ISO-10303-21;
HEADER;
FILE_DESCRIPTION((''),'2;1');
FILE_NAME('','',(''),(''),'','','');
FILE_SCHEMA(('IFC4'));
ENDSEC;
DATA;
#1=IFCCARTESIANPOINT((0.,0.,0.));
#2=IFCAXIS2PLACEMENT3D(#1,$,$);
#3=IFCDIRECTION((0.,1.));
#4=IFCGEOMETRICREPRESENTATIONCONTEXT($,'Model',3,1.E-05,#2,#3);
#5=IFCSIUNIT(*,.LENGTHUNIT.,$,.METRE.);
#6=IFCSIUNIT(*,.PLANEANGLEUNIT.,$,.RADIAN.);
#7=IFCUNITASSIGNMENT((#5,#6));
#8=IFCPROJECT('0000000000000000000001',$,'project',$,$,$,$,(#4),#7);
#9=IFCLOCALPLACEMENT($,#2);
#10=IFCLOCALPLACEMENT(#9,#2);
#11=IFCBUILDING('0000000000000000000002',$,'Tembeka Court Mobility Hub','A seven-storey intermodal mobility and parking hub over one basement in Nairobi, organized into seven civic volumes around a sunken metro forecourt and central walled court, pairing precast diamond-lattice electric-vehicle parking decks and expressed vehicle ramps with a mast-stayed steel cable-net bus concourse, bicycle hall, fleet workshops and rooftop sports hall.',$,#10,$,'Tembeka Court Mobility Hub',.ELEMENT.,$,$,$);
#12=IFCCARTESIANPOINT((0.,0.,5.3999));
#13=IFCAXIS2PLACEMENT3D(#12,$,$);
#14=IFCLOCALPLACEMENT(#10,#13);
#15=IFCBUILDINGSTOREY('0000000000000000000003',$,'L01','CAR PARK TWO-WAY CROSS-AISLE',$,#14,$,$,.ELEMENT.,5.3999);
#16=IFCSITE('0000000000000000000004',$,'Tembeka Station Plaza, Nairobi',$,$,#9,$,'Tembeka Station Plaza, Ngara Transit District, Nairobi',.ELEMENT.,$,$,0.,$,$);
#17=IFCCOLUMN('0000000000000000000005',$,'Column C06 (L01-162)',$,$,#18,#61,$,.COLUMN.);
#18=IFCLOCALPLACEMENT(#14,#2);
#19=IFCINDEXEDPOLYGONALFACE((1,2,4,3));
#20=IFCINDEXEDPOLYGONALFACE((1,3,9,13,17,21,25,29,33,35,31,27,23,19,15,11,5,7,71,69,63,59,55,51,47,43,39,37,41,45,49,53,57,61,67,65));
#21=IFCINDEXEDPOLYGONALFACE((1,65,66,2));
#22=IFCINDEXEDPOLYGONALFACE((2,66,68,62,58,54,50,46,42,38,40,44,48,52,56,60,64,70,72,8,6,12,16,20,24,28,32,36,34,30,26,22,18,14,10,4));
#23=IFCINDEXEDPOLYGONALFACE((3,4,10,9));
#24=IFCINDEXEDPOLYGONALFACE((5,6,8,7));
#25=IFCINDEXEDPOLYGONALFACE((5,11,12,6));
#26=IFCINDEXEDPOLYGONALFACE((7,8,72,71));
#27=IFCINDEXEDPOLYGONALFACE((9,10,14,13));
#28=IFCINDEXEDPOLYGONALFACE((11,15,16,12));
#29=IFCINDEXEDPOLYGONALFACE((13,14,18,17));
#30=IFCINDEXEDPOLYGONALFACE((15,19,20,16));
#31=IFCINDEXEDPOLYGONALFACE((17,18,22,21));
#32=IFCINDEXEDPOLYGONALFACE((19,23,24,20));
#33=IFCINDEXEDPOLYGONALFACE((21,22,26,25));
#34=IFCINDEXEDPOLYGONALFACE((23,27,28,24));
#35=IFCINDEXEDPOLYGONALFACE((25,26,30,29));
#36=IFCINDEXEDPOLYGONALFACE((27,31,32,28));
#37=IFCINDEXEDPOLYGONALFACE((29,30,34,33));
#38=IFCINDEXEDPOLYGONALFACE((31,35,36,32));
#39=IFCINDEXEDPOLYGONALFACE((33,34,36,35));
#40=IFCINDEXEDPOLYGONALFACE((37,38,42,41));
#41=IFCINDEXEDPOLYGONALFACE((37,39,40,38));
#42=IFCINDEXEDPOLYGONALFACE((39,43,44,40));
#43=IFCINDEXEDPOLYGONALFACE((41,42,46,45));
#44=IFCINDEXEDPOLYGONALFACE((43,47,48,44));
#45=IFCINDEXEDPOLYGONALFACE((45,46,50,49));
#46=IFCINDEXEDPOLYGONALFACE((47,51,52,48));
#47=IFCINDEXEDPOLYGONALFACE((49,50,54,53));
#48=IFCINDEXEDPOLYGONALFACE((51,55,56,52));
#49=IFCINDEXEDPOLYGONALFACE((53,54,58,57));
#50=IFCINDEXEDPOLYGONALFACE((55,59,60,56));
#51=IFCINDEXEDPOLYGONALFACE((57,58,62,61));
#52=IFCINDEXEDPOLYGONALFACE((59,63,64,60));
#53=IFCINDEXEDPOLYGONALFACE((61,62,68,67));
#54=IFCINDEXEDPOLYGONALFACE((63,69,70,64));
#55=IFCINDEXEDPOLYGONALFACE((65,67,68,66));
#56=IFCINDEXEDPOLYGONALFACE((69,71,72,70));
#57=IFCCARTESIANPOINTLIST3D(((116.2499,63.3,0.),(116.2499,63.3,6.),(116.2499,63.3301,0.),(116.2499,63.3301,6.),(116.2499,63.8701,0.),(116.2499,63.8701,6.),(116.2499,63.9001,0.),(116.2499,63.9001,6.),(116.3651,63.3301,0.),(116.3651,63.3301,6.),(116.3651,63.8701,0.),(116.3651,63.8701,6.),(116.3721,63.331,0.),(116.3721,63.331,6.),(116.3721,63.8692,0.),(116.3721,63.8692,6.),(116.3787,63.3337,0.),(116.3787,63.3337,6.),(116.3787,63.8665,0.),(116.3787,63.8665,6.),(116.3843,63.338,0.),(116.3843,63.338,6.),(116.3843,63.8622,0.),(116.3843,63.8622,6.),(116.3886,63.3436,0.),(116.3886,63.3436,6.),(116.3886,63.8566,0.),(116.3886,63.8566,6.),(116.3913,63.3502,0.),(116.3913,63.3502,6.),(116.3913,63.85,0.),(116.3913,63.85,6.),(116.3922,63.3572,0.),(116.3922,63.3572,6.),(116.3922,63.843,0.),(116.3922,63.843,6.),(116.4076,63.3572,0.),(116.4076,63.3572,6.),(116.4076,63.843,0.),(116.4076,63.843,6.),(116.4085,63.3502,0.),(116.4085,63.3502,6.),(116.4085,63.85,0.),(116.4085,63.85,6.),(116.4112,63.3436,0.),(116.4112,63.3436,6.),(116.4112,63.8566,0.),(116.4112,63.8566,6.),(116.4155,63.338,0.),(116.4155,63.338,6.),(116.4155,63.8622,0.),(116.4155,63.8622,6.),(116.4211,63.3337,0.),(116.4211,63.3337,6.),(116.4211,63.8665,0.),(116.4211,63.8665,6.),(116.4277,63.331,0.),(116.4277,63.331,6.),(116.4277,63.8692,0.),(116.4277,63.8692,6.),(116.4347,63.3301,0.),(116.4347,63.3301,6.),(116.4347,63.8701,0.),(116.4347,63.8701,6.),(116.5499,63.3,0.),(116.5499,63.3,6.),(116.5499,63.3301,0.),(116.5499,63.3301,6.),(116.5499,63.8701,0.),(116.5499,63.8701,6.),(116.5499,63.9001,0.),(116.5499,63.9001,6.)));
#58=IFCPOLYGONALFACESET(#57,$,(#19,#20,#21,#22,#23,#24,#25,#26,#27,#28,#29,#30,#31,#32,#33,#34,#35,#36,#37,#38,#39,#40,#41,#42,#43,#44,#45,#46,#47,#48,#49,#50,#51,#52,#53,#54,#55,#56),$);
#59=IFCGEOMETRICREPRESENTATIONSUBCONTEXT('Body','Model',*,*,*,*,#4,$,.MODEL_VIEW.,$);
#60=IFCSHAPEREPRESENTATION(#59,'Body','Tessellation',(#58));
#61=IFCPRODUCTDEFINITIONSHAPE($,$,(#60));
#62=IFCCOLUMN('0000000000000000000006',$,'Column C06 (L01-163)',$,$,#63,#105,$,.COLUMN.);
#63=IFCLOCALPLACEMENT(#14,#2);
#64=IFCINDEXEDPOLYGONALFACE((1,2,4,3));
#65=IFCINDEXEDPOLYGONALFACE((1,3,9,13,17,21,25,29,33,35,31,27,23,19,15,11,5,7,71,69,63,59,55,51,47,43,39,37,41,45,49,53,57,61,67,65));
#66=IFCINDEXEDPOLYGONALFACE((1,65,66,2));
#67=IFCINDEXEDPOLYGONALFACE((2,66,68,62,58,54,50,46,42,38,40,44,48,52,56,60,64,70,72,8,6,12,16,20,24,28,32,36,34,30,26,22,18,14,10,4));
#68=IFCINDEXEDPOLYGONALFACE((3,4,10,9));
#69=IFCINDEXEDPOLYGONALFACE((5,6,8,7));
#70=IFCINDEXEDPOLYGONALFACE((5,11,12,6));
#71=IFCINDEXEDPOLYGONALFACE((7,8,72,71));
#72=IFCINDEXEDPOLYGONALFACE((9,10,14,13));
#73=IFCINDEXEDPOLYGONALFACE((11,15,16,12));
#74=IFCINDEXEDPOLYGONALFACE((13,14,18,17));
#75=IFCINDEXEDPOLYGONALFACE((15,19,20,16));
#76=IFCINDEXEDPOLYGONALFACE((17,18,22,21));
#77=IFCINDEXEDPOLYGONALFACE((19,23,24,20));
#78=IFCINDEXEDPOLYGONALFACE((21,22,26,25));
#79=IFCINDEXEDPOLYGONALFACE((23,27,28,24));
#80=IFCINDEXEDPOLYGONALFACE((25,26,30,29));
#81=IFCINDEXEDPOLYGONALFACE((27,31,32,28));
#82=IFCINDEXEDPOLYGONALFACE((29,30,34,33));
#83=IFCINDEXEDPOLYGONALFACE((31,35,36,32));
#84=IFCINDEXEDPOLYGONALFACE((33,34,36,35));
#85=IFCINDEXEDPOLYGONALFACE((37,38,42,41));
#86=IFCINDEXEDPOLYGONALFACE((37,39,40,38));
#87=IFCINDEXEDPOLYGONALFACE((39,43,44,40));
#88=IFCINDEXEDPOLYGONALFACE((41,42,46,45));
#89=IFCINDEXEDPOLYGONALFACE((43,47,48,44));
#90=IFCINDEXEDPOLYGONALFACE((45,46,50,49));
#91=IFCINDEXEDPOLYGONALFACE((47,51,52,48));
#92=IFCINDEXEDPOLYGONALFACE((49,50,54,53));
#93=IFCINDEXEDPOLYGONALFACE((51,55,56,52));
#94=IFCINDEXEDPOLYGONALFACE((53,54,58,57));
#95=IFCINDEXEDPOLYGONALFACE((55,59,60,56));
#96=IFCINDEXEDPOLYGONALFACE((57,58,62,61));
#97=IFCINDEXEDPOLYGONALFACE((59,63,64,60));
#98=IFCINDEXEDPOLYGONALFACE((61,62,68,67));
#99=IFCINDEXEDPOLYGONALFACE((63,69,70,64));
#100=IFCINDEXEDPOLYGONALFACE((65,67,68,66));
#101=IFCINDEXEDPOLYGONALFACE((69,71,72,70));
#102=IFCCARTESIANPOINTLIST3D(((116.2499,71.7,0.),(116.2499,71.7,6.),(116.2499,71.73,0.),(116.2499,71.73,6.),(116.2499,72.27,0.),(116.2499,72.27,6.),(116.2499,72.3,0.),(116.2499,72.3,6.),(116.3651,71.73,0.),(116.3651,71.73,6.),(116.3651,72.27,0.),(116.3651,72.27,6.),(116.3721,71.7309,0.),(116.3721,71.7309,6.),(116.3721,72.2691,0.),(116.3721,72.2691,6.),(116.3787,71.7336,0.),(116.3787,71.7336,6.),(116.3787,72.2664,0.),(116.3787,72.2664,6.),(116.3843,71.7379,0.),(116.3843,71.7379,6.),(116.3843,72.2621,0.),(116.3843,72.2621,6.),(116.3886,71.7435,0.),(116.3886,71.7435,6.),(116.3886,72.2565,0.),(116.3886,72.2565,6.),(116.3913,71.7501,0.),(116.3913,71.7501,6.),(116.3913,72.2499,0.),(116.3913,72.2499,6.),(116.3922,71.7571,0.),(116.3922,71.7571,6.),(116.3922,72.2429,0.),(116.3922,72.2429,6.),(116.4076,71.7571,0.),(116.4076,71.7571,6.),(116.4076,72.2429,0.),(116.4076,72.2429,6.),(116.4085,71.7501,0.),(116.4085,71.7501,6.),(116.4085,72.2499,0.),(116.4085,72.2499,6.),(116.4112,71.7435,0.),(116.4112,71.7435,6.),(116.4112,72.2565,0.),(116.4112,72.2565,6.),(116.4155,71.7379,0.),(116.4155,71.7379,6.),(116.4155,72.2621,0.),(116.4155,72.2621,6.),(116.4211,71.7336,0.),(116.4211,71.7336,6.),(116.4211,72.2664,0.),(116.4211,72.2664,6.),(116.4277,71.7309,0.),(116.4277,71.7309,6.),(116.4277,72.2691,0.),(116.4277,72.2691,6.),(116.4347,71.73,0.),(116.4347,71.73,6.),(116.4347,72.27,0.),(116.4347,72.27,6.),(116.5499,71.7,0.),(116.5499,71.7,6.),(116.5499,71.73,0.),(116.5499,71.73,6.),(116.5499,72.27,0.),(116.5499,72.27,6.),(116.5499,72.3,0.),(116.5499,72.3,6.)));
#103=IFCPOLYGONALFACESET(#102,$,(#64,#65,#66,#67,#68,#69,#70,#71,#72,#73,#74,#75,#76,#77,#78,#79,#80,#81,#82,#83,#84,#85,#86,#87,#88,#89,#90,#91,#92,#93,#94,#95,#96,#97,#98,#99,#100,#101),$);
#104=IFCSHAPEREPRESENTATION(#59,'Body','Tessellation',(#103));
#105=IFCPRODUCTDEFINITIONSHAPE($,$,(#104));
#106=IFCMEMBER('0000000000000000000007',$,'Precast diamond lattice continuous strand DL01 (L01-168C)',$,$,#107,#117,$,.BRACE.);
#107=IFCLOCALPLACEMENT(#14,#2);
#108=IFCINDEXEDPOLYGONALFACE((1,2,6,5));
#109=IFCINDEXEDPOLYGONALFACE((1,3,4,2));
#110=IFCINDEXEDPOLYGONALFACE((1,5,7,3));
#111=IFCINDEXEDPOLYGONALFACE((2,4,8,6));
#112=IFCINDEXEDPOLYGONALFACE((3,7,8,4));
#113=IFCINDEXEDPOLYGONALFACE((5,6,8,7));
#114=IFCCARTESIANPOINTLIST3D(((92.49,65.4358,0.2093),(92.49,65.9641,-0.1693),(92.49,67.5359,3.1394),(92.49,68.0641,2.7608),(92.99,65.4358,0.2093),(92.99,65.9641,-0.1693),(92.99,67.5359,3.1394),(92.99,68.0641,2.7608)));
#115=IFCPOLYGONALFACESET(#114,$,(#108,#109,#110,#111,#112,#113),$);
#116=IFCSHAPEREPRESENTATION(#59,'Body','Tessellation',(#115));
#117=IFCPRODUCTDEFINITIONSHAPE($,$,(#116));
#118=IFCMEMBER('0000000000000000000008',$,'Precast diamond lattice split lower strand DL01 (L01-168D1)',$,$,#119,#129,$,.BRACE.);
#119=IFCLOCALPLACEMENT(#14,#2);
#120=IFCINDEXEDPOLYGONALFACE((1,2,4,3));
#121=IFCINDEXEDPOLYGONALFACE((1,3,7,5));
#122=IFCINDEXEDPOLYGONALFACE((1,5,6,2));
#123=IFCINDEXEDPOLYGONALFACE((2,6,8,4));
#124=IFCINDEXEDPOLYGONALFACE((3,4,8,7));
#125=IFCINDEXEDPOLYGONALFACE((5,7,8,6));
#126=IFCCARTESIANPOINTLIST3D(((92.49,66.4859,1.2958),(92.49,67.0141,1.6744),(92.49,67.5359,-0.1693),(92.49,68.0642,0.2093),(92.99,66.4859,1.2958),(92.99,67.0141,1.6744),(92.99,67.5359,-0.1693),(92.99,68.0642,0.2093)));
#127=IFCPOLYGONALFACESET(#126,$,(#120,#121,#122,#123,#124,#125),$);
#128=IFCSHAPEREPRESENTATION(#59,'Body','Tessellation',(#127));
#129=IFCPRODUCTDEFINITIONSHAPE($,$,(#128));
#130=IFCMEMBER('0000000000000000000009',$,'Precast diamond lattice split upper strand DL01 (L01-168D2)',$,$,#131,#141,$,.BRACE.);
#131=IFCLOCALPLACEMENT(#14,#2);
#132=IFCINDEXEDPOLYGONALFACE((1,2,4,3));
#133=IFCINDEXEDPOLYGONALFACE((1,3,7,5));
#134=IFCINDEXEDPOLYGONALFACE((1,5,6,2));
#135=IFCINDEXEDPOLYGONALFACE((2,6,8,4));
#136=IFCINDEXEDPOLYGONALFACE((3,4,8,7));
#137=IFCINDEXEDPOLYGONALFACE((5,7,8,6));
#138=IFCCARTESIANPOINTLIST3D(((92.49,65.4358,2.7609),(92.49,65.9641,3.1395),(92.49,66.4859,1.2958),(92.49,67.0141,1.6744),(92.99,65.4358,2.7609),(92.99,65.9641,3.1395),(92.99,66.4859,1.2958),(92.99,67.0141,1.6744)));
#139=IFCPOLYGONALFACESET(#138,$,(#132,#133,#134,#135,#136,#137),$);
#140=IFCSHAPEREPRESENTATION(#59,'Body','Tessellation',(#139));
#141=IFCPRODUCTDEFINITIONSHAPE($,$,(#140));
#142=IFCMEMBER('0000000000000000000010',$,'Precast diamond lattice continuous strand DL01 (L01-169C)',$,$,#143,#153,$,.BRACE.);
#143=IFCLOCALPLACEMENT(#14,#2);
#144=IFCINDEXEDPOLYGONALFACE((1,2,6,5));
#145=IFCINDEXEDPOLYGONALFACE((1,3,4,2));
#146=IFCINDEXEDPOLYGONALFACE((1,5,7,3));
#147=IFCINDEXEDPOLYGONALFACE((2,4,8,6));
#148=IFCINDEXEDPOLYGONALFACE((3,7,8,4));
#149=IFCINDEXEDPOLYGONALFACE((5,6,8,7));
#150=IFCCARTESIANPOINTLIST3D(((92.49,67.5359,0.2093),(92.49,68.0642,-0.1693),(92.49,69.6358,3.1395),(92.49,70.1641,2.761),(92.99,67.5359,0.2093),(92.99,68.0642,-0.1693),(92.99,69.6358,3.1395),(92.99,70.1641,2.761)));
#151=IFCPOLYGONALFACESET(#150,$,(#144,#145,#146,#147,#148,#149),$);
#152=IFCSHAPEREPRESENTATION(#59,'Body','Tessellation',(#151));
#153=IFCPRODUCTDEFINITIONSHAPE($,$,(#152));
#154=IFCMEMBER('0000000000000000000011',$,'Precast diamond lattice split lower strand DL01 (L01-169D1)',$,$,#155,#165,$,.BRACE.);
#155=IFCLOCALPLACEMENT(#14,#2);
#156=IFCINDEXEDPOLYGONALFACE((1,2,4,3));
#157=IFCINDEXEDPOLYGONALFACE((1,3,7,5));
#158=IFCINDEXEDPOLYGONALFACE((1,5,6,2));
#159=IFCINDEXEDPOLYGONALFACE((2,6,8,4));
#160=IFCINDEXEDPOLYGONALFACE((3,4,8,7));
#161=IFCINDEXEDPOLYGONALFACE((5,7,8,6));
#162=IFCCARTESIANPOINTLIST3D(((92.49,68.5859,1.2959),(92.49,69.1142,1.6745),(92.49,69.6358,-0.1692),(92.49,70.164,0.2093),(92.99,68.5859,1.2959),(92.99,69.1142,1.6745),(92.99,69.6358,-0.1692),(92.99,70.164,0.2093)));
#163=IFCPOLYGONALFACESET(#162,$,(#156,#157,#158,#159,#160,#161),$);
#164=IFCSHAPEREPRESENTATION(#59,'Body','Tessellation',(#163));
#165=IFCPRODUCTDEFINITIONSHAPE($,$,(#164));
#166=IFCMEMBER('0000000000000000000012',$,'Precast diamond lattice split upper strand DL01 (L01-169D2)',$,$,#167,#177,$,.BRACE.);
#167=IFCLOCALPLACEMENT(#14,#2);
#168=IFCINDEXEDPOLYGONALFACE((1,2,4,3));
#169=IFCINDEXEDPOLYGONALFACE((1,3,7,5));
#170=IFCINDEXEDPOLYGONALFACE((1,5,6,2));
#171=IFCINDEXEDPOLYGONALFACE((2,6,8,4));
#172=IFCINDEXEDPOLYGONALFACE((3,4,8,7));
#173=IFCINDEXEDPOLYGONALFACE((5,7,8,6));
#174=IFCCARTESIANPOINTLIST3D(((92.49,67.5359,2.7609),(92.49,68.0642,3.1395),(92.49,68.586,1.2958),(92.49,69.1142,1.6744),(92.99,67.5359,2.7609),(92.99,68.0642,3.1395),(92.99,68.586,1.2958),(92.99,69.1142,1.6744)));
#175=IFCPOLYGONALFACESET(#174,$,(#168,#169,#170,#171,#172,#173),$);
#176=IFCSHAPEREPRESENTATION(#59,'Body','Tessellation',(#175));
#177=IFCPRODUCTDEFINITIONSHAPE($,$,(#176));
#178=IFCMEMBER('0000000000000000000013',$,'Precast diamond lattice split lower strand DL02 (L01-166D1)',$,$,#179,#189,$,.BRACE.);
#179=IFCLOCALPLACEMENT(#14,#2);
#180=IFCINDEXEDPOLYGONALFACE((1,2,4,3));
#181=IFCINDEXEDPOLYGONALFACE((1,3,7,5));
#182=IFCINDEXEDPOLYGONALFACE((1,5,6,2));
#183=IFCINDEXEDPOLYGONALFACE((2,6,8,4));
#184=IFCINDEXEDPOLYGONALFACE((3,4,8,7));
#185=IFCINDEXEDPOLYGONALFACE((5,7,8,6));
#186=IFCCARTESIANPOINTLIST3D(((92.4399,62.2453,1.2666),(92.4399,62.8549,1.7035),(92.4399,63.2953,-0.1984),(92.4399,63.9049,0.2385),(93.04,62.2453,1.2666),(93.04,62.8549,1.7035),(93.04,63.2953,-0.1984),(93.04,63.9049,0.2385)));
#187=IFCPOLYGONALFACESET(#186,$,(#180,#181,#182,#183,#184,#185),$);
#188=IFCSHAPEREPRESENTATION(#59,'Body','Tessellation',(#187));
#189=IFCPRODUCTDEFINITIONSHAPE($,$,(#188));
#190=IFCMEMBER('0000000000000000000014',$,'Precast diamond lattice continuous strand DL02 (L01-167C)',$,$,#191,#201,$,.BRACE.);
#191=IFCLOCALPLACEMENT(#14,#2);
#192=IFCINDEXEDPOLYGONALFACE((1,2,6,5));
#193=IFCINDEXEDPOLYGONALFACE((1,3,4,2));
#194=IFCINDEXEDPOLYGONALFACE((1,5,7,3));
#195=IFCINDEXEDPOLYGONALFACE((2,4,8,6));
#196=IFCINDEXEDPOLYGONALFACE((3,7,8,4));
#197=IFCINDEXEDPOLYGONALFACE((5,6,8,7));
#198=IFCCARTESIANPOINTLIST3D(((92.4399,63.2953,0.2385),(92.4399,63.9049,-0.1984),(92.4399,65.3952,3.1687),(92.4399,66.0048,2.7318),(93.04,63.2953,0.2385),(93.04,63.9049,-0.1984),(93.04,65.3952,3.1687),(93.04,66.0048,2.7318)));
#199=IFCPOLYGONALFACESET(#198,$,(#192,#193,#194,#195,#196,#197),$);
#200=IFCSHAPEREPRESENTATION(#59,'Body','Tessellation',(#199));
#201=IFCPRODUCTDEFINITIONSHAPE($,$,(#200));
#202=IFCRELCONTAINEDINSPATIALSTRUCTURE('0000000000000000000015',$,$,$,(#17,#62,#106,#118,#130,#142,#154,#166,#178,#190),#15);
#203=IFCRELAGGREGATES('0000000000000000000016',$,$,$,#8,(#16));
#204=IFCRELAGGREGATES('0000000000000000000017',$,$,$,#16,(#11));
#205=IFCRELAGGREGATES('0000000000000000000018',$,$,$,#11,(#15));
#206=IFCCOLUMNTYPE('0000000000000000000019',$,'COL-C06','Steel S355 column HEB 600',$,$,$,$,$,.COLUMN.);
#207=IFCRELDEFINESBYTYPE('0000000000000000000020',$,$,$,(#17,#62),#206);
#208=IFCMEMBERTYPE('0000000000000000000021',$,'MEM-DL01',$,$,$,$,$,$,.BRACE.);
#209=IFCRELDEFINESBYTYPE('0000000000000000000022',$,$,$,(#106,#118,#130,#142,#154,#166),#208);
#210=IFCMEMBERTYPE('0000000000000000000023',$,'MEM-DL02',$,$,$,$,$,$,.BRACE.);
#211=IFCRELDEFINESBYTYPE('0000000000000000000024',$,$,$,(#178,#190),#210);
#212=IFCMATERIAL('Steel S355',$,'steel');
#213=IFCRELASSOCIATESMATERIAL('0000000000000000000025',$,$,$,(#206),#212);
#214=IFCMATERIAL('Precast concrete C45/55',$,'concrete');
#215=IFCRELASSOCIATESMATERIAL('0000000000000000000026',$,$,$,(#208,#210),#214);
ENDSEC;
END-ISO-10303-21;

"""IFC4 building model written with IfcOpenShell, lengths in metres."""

from ifc_helpers import new_model, si_unit, direction, frame, origin, origin_2d, place, context, subcontext, project, spatial, rectangle, i_section, extrude, material, material_profile, profile_set, type_object, element, save


model = new_model("IFC4")

# Units and contexts
model_context = context("Model", 3, precision=1e-05, world=origin(), true_north=direction((0.0, 1.0)))
body_context = subcontext(model_context, "Body", "Model", "MODEL_VIEW")
ifc_project = project(units=[si_unit("LENGTHUNIT", "METRE"), si_unit("PLANEANGLEUNIT", "RADIAN")], contexts=[model_context])

# Site, building, storey
site_placement = place(None, origin())
site = spatial("IfcSite", under=ifc_project, at=site_placement, Name="Tembeka Station Plaza, Nairobi", LongName="Tembeka Station Plaza, Ngara Transit District, Nairobi", CompositionType="ELEMENT", RefElevation=0.0)
building_placement = place(site_placement, origin())
building = spatial("IfcBuilding", under=site, at=building_placement, Name="Tembeka Court Mobility Hub", Description="A seven-storey intermodal mobility and parking hub over one basement in Nairobi, organized into seven civic volumes around a sunken metro forecourt and central walled court, pairing precast diamond-lattice electric-vehicle parking decks and expressed vehicle ramps with a mast-stayed steel cable-net bus concourse, bicycle hall, fleet workshops and rooftop sports hall.", LongName="Tembeka Court Mobility Hub", CompositionType="ELEMENT")
storey_placement = place(building_placement, frame((0.0, 0.0, 5.3999)))
storey = spatial("IfcBuildingStorey", under=building, at=storey_placement, Name="L01", Description="CAR PARK TWO-WAY CROSS-AISLE", CompositionType="ELEMENT", Elevation=5.3999)

# Columns
ifc_material_1 = material(Name="Steel S355", Category="steel")
ifc_material_profile_1 = material_profile(ifc_material_1, i_section(OverallWidth=0.3, OverallDepth=0.6001, WebThickness=0.0154, FlangeThickness=0.03, FilletRadius=0.0271, at=origin_2d()), Name="HEB 600")
ifc_profile_set_1 = profile_set([ifc_material_profile_1], Name="Steel S355")
column_type = type_object("IfcColumnType", Name="COL-C06", Description="Steel S355 column HEB 600", PredefinedType="COLUMN", material=ifc_profile_set_1)
for number, where, z_axis, x_axis, name in (
    (1, (116.3999, 63.6001, 0.0), (0.0, 0.0, 1.0), (1.0, 0.0, 0.0), "Column C06 (L01-162)"),
    (2, (116.3999, 72.0, 0.0), (0.0, 0.0, 1.0), (1.0, 0.0, 0.0), "Column C06 (L01-163)"),
):
    element("IfcColumn", number, at=place(storey_placement, frame(where, z_axis=z_axis, x_axis=x_axis)), inside=storey, type_object=column_type, Name=name, PredefinedType="COLUMN", context=body_context, shape_type="SweptSolid", body=[
        extrude(i_section(OverallWidth=0.3, OverallDepth=0.6001, WebThickness=0.0154, FlangeThickness=0.03, FilletRadius=0.0271, at=origin_2d()), origin(), (0.0, 0.0, 1.0), 6.0),
    ])

# Members
ifc_material_2 = material(Name="Precast concrete C45/55", Category="concrete")
ifc_material_profile_2 = material_profile(ifc_material_2, rectangle(XDim=0.5, YDim=0.6499, at=origin_2d()), Name="PC-DIAG 500x650")
ifc_profile_set_2 = profile_set([ifc_material_profile_2], Name="Precast concrete C45/55")
member_type_1 = type_object("IfcMemberType", Name="MEM-DL01", PredefinedType="BRACE", material=ifc_profile_set_2)
member_1_placement = place(storey_placement, frame((92.74, 65.7, 0.02), z_axis=(0.0, 0.582544, 0.812799), x_axis=(-1.0, 0.0, 0.0)))
element("IfcMember", 3, at=member_1_placement, inside=storey, type_object=member_type_1, Name="Precast diamond lattice continuous strand DL01 (L01-168C)", PredefinedType="BRACE", context=body_context, shape_type="SweptSolid", body=[
    extrude(rectangle(XDim=0.5, YDim=0.6499, at=origin_2d()), origin(), (0.0, 0.0, 1.0), 3.605),
])
for number, where, z_axis, x_axis, name in (
    (4, (92.74, 67.8, 0.02), (0.0, -0.582544, 0.812799), (1.0, 0.0, 0.0), "Precast diamond lattice split lower strand DL01 (L01-168D1)"),
    (5, (92.74, 66.75, 1.4851), (0.0, -0.582544, 0.812799), (1.0, 0.0, 0.0), "Precast diamond lattice split upper strand DL01 (L01-168D2)"),
):
    element("IfcMember", number, at=place(storey_placement, frame(where, z_axis=z_axis, x_axis=x_axis)), inside=storey, type_object=member_type_1, Name=name, PredefinedType="BRACE", context=body_context, shape_type="SweptSolid", body=[
        extrude(rectangle(XDim=0.5, YDim=0.6499, at=origin_2d()), origin(), (0.0, 0.0, 1.0), 1.8025),
    ])
member_2_placement = place(storey_placement, frame((92.74, 67.8, 0.02), z_axis=(0.0, 0.5825, 0.812831), x_axis=(-1.0, 0.0, 0.0)))
element("IfcMember", 6, at=member_2_placement, inside=storey, type_object=member_type_1, Name="Precast diamond lattice continuous strand DL01 (L01-169C)", PredefinedType="BRACE", context=body_context, shape_type="SweptSolid", body=[
    extrude(rectangle(XDim=0.5, YDim=0.6499, at=origin_2d()), origin(), (0.0, 0.0, 1.0), 3.605),
])
for number, where, z_axis, x_axis, name in (
    (7, (92.74, 69.8999, 0.02), (0.0, -0.582455, 0.812863), (1.0, 0.0, 0.0), "Precast diamond lattice split lower strand DL01 (L01-169D1)"),
    (8, (92.74, 68.8501, 1.4851), (0.0, -0.582544, 0.812799), (1.0, 0.0, 0.0), "Precast diamond lattice split upper strand DL01 (L01-169D2)"),
):
    element("IfcMember", number, at=place(storey_placement, frame(where, z_axis=z_axis, x_axis=x_axis)), inside=storey, type_object=member_type_1, Name=name, PredefinedType="BRACE", context=body_context, shape_type="SweptSolid", body=[
        extrude(rectangle(XDim=0.5, YDim=0.6499, at=origin_2d()), origin(), (0.0, 0.0, 1.0), 1.8025),
    ])
ifc_material_profile_3 = material_profile(ifc_material_2, rectangle(XDim=0.6001, YDim=0.75, at=origin_2d()), Name="PC-DIAG 600x750")
ifc_profile_set_3 = profile_set([ifc_material_profile_3], Name="Precast concrete C45/55")
member_type_2 = type_object("IfcMemberType", Name="MEM-DL02", PredefinedType="BRACE", material=ifc_profile_set_3)
member_3_placement = place(storey_placement, frame((92.74, 63.6001, 0.02), z_axis=(0.0, -0.582544, 0.812799), x_axis=(1.0, 0.0, 0.0)))
element("IfcMember", 9, at=member_3_placement, inside=storey, type_object=member_type_2, Name="Precast diamond lattice split lower strand DL02 (L01-166D1)", PredefinedType="BRACE", context=body_context, shape_type="SweptSolid", body=[
    extrude(rectangle(XDim=0.6001, YDim=0.75, at=origin_2d()), origin(), (0.0, 0.0, 1.0), 1.8025),
])
member_4_placement = place(storey_placement, frame((92.74, 63.6001, 0.02), z_axis=(0.0, 0.5825, 0.812831), x_axis=(-1.0, 0.0, 0.0)))
element("IfcMember", 10, at=member_4_placement, inside=storey, type_object=member_type_2, Name="Precast diamond lattice continuous strand DL02 (L01-167C)", PredefinedType="BRACE", context=body_context, shape_type="SweptSolid", body=[
    extrude(rectangle(XDim=0.6001, YDim=0.75, at=origin_2d()), origin(), (0.0, 0.0, 1.0), 3.605),
])

save(model, "model.ifc")
